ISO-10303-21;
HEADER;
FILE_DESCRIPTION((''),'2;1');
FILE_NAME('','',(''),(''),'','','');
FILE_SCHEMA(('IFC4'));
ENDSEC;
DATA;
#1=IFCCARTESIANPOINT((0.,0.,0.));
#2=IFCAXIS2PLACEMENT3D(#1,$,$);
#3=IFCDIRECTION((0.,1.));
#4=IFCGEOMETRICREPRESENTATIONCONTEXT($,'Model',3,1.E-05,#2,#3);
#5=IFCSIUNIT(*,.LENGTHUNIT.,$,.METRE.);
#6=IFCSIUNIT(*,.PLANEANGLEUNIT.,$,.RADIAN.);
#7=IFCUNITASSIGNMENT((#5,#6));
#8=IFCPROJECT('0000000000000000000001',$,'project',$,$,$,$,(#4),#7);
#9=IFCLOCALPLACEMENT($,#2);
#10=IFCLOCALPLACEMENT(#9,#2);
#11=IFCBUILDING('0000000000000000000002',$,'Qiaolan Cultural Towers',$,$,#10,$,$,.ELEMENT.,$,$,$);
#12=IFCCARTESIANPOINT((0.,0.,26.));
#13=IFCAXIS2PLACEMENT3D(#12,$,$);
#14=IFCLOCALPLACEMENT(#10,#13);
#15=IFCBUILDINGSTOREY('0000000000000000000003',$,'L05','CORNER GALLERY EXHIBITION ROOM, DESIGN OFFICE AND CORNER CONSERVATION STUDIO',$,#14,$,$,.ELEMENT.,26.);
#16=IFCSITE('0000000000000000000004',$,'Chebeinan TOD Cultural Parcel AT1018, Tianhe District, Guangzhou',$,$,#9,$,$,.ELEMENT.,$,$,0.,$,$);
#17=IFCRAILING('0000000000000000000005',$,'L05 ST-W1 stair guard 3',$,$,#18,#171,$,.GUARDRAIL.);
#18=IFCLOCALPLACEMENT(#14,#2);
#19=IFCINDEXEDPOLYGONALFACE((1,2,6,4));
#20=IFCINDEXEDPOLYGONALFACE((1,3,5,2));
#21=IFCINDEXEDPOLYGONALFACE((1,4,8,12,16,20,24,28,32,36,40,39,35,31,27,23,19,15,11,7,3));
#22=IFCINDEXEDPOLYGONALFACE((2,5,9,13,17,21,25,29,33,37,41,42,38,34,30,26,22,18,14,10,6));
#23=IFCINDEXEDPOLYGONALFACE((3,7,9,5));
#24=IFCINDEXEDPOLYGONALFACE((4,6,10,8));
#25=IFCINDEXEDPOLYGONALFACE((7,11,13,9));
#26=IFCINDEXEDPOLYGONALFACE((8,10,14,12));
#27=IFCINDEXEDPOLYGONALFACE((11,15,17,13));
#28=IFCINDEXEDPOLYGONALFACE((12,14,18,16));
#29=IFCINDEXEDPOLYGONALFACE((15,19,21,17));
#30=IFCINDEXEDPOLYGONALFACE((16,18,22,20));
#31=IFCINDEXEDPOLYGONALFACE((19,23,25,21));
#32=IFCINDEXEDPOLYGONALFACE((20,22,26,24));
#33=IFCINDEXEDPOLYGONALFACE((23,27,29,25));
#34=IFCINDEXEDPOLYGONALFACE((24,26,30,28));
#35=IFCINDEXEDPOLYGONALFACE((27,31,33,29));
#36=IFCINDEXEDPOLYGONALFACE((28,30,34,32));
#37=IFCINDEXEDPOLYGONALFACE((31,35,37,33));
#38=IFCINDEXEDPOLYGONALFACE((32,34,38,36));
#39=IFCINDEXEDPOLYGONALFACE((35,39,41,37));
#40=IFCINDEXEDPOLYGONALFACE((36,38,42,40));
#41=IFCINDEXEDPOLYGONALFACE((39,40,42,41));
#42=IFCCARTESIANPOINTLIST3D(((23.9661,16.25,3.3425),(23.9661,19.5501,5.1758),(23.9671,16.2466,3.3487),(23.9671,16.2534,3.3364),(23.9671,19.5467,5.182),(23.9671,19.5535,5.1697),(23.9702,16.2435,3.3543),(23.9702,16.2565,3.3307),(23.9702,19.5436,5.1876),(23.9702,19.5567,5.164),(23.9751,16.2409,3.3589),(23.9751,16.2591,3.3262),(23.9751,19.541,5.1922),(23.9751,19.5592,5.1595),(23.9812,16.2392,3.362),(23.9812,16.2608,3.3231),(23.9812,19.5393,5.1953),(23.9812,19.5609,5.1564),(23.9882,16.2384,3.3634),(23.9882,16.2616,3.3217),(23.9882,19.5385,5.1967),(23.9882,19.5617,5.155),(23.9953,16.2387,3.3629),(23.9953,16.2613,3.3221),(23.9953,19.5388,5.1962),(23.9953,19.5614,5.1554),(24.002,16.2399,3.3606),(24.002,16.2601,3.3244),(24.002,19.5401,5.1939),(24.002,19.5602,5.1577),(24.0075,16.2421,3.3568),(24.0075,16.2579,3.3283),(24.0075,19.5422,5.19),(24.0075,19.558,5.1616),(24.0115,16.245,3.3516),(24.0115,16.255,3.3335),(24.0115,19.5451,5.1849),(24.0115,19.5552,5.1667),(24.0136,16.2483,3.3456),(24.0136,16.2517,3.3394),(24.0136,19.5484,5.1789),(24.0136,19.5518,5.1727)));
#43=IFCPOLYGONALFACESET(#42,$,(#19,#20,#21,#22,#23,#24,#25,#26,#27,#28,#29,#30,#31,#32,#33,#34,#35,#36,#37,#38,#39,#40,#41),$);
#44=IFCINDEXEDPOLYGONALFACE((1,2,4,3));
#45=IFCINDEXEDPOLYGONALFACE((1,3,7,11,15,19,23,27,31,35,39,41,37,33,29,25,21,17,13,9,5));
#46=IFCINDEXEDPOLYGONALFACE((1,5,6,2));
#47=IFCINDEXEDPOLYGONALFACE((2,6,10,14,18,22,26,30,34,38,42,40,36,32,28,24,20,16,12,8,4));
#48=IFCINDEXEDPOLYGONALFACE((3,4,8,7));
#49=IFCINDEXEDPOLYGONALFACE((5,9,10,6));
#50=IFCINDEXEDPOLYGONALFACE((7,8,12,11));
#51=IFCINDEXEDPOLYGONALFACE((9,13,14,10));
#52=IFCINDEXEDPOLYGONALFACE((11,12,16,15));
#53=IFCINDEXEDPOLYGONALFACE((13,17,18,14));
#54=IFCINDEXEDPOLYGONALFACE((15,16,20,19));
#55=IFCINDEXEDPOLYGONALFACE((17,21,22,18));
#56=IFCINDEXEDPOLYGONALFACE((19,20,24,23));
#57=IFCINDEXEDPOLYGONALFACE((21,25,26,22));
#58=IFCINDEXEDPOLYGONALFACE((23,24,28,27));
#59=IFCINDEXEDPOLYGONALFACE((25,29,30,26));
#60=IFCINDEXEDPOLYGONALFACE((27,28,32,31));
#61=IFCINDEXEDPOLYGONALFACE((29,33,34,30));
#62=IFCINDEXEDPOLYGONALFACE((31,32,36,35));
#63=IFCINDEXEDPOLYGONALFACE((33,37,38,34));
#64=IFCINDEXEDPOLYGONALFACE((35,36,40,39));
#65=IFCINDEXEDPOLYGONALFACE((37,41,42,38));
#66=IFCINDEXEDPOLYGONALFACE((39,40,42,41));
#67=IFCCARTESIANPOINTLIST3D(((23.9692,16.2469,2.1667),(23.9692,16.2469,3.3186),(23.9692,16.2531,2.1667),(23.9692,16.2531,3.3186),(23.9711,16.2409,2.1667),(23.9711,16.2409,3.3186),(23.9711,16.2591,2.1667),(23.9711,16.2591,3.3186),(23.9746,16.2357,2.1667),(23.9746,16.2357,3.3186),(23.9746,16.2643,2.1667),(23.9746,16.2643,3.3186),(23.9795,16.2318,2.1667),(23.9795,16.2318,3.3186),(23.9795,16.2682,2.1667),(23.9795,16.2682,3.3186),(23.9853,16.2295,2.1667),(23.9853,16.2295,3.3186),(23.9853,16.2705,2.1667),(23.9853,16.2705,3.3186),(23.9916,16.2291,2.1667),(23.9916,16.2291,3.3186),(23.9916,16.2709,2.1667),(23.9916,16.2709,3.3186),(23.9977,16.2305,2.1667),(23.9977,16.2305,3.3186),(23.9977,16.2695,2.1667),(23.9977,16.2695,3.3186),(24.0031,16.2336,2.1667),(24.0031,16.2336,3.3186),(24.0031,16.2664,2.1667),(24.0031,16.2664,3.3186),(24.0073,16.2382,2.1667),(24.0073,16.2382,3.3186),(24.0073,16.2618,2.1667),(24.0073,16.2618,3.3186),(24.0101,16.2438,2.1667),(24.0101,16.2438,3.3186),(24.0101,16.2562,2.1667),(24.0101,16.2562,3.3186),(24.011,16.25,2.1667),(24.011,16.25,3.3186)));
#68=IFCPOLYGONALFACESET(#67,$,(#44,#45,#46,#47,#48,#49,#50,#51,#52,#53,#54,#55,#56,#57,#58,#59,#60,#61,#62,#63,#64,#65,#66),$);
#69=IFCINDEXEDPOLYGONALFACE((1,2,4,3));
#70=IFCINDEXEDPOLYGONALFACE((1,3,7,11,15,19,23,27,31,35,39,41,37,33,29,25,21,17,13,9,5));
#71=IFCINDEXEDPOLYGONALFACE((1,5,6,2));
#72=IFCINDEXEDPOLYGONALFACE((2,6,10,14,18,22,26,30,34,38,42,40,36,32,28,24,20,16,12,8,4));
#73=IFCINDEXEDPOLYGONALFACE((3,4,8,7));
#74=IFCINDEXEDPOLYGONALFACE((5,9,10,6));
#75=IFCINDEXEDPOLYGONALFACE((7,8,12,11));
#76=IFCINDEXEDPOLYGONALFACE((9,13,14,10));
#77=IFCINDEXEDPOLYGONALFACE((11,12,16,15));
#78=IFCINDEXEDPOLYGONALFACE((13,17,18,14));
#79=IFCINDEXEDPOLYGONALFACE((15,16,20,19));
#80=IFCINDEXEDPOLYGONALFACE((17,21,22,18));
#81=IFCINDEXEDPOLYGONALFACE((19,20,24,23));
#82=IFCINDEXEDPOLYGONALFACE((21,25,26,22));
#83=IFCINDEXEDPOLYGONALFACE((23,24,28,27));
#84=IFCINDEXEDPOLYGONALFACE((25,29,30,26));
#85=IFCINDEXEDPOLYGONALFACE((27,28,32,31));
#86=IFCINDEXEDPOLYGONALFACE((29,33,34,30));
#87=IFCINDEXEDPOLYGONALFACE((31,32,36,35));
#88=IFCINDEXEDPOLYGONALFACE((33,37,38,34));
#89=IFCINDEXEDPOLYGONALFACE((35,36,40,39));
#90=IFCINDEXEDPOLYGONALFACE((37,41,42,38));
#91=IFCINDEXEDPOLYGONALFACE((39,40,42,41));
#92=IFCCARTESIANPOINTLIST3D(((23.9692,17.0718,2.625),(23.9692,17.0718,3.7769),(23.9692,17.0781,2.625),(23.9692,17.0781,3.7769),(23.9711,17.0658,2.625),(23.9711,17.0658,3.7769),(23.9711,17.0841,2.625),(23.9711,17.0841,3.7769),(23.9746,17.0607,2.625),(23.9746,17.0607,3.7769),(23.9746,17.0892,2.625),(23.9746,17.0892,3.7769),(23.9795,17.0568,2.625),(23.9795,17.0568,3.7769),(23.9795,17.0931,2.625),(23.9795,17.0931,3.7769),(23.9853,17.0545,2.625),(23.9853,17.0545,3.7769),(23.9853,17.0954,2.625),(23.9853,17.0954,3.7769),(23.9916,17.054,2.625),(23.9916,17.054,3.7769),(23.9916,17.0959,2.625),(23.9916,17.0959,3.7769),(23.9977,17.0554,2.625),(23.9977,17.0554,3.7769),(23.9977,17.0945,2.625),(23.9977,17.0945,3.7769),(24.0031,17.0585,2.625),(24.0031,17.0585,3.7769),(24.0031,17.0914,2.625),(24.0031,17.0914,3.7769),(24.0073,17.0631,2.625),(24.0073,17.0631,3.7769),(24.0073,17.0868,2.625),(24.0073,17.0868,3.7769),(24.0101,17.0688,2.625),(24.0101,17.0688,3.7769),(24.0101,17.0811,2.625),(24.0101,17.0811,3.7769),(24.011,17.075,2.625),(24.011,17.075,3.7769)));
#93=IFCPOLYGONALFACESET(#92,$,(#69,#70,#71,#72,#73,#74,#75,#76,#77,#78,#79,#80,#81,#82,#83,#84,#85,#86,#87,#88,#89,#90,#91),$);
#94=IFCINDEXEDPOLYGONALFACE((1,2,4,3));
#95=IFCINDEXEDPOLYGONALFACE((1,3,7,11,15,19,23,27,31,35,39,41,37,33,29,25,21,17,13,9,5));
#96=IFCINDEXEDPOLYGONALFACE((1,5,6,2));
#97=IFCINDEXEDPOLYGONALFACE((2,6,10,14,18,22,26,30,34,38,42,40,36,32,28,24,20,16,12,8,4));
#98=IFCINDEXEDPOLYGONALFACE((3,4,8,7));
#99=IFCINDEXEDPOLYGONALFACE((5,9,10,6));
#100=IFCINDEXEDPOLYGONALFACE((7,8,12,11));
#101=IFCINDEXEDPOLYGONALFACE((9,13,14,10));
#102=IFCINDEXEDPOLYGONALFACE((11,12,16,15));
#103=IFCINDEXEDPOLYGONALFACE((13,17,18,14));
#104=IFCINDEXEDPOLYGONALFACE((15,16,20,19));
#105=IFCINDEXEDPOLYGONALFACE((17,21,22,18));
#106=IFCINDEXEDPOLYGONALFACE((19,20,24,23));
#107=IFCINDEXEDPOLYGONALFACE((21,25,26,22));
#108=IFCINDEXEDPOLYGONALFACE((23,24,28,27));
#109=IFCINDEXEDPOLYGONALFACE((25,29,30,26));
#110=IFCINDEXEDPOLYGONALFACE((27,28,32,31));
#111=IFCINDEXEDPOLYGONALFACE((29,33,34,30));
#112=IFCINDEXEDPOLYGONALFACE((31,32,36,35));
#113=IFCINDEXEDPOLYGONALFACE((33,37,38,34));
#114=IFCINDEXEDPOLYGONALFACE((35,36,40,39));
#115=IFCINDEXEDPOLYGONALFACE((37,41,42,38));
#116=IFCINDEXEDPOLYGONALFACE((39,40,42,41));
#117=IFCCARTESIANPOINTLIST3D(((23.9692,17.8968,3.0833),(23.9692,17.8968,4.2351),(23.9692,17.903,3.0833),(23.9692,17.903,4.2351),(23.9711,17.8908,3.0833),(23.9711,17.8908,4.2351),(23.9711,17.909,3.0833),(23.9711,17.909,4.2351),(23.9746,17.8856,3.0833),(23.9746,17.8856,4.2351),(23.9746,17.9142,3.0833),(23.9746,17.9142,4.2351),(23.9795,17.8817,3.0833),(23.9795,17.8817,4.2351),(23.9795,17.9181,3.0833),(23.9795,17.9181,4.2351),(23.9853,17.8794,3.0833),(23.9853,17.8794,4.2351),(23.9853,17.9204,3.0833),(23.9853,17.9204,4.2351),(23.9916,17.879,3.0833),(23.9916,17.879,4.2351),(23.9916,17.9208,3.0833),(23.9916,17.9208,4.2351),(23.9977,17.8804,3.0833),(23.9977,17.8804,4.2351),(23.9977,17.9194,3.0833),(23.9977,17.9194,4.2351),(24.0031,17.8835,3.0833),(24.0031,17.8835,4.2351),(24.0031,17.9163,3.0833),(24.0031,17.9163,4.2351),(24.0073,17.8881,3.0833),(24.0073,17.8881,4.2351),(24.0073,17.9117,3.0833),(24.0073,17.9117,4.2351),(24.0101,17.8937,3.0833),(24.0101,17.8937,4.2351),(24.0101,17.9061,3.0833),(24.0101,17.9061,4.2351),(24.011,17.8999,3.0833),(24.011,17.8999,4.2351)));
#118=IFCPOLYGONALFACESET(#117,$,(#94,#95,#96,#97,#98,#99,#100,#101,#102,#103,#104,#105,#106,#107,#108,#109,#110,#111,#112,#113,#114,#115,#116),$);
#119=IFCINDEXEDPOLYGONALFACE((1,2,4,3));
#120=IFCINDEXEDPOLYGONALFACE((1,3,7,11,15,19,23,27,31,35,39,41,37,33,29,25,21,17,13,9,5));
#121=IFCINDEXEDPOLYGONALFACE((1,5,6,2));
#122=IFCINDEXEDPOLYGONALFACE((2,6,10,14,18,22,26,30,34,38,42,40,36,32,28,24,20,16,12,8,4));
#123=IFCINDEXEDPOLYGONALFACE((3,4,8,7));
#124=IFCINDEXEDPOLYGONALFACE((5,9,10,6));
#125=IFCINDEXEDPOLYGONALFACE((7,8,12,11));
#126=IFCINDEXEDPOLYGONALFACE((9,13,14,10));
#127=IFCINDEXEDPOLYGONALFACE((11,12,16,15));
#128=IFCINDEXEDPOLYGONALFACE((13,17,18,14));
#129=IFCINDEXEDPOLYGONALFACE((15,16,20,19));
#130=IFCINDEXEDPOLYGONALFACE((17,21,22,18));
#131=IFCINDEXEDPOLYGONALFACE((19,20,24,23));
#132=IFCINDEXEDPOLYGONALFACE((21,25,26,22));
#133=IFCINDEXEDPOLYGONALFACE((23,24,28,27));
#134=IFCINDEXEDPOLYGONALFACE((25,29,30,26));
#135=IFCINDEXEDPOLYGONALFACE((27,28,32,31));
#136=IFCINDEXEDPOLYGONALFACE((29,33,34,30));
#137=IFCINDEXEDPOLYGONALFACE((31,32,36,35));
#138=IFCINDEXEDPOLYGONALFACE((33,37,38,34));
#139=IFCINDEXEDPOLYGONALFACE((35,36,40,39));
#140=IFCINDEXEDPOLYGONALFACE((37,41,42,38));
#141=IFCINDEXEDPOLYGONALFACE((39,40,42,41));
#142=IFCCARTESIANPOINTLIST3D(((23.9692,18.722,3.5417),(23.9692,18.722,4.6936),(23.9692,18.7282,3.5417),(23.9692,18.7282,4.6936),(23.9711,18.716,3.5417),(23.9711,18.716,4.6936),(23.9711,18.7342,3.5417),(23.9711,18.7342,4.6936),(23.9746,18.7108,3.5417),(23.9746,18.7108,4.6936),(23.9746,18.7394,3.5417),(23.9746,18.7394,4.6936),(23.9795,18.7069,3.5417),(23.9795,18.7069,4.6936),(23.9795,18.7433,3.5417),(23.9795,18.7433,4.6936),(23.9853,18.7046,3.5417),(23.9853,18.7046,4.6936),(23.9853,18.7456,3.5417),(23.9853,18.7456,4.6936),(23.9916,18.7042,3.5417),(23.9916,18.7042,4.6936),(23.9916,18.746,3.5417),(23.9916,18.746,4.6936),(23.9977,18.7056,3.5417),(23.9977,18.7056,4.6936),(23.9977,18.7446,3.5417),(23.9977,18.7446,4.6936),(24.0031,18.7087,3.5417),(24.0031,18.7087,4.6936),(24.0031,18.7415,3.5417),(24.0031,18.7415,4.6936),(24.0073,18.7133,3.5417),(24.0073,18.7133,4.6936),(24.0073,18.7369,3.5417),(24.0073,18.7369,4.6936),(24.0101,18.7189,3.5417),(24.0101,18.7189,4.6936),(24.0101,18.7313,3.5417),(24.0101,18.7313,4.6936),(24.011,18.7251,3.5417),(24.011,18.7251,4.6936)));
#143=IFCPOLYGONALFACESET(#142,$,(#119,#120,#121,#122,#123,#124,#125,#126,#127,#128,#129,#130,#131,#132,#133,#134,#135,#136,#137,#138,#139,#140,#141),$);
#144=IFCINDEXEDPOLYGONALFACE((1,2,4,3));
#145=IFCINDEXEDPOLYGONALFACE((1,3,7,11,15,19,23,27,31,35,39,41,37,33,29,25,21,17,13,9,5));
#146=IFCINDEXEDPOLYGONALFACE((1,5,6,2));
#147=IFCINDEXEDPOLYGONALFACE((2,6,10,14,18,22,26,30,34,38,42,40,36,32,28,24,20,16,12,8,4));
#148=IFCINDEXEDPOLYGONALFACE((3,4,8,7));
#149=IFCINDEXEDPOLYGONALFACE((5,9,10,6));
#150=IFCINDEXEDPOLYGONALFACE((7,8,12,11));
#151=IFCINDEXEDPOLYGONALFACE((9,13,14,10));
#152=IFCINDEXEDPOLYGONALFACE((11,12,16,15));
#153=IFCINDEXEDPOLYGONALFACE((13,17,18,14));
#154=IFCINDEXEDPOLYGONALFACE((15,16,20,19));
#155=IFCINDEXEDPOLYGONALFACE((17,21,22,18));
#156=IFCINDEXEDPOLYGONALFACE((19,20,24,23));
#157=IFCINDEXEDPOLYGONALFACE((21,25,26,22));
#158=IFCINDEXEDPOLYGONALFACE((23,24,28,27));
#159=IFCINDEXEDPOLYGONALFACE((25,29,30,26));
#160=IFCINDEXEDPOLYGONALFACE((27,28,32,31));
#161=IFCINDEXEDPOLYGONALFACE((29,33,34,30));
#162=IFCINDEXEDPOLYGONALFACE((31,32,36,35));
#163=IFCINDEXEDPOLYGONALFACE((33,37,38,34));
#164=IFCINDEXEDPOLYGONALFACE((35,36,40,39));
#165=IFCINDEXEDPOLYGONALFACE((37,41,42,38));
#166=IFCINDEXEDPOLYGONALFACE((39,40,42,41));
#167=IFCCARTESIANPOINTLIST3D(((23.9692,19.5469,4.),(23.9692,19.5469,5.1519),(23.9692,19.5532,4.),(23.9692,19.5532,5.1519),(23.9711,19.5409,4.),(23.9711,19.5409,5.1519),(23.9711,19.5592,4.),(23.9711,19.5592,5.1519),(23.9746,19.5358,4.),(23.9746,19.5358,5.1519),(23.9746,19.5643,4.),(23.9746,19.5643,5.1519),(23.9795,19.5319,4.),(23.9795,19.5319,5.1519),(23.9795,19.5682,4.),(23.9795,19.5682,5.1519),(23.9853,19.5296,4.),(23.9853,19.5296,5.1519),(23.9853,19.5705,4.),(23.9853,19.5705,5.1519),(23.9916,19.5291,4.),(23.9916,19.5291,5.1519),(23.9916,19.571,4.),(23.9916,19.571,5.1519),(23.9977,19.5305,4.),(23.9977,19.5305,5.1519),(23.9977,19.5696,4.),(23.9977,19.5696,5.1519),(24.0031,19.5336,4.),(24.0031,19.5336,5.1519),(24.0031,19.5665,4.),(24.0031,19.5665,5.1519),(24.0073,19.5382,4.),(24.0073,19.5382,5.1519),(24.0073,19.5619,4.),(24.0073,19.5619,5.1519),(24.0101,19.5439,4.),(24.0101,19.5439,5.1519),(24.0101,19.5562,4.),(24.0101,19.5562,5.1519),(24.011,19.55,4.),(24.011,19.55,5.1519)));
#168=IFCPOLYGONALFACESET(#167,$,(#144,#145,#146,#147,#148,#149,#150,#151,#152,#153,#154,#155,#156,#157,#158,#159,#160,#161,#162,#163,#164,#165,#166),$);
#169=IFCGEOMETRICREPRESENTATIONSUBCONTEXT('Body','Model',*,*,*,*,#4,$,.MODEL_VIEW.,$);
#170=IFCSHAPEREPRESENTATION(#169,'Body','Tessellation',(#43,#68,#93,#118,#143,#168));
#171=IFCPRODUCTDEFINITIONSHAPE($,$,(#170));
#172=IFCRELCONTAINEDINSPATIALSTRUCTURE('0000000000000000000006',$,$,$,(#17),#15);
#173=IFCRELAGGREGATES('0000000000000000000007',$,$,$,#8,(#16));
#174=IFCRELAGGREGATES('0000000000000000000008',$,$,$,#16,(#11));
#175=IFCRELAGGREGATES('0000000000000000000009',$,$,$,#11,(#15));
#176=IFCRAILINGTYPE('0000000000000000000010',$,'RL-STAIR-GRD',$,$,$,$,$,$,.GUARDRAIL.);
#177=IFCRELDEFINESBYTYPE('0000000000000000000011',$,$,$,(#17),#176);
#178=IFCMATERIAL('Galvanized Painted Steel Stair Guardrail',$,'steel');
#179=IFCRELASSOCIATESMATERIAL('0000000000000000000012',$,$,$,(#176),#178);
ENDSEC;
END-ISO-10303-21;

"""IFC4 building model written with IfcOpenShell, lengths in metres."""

from ifc_helpers import new_model, si_unit, direction, frame, origin, origin_2d, place, context, subcontext, project, spatial, circle, extrude, material, type_object, element, save


model = new_model("IFC4")

# Units and contexts
model_context = context("Model", 3, precision=1e-05, world=origin(), true_north=direction((0.0, 1.0)))
body_context = subcontext(model_context, "Body", "Model", "MODEL_VIEW")
ifc_project = project(units=[si_unit("LENGTHUNIT", "METRE"), si_unit("PLANEANGLEUNIT", "RADIAN")], contexts=[model_context])

# Site, building, storey
site_placement = place(None, origin())
site = spatial("IfcSite", under=ifc_project, at=site_placement, Name="Chebeinan TOD Cultural Parcel AT1018, Tianhe District, Guangzhou", CompositionType="ELEMENT", RefElevation=0.0)
building_placement = place(site_placement, origin())
building = spatial("IfcBuilding", under=site, at=building_placement, Name="Qiaolan Cultural Towers", CompositionType="ELEMENT")
storey_placement = place(building_placement, frame((0.0, 0.0, 26.0)))
storey = spatial("IfcBuildingStorey", under=building, at=storey_placement, Name="L05", Description="CORNER GALLERY EXHIBITION ROOM, DESIGN OFFICE AND CORNER CONSERVATION STUDIO", CompositionType="ELEMENT", Elevation=26.0)

# Railing
ifc_material_1 = material(Name="Galvanized Painted Steel Stair Guardrail", Category="steel")
railing_type_1 = type_object("IfcRailingType", Name="RL-STAIR-GRD", PredefinedType="GUARDRAIL", material=ifc_material_1)
railing_1_placement = place(storey_placement, frame((23.99, 16.25, 2.1667)))
element("IfcRailing", 1, at=railing_1_placement, inside=storey, type_object=railing_type_1, Name="L05 ST-W1 stair guard 3", PredefinedType="GUARDRAIL", context=body_context, shape_type="SweptSolid", body=[
    extrude(circle(Radius=0.0239, at=origin_2d()), frame((0.0, 0.0, 1.1758), z_axis=(0.0, 0.874169, 0.485621), x_axis=(-1.0, 0.0, 0.0)), (0.0, 0.0, 1.0), 3.7751),
    extrude(circle(Radius=0.021, at=origin_2d()), origin(), (0.0, 0.0, 1.0), 1.1519),
    extrude(circle(Radius=0.021, at=origin_2d()), frame((0.0, 0.825, 0.4583)), (0.0, 0.0, 1.0), 1.1519),
    extrude(circle(Radius=0.021, at=origin_2d()), frame((0.0, 1.6499, 0.9165)), (0.0, 0.0, 1.0), 1.1519),
    extrude(circle(Radius=0.021, at=origin_2d()), frame((0.0, 2.4751, 1.375)), (0.0, 0.0, 1.0), 1.1519),
    extrude(circle(Radius=0.021, at=origin_2d()), frame((0.0, 3.3, 1.8333)), (0.0, 0.0, 1.0), 1.1519),
])

save(model, "model.ifc")
